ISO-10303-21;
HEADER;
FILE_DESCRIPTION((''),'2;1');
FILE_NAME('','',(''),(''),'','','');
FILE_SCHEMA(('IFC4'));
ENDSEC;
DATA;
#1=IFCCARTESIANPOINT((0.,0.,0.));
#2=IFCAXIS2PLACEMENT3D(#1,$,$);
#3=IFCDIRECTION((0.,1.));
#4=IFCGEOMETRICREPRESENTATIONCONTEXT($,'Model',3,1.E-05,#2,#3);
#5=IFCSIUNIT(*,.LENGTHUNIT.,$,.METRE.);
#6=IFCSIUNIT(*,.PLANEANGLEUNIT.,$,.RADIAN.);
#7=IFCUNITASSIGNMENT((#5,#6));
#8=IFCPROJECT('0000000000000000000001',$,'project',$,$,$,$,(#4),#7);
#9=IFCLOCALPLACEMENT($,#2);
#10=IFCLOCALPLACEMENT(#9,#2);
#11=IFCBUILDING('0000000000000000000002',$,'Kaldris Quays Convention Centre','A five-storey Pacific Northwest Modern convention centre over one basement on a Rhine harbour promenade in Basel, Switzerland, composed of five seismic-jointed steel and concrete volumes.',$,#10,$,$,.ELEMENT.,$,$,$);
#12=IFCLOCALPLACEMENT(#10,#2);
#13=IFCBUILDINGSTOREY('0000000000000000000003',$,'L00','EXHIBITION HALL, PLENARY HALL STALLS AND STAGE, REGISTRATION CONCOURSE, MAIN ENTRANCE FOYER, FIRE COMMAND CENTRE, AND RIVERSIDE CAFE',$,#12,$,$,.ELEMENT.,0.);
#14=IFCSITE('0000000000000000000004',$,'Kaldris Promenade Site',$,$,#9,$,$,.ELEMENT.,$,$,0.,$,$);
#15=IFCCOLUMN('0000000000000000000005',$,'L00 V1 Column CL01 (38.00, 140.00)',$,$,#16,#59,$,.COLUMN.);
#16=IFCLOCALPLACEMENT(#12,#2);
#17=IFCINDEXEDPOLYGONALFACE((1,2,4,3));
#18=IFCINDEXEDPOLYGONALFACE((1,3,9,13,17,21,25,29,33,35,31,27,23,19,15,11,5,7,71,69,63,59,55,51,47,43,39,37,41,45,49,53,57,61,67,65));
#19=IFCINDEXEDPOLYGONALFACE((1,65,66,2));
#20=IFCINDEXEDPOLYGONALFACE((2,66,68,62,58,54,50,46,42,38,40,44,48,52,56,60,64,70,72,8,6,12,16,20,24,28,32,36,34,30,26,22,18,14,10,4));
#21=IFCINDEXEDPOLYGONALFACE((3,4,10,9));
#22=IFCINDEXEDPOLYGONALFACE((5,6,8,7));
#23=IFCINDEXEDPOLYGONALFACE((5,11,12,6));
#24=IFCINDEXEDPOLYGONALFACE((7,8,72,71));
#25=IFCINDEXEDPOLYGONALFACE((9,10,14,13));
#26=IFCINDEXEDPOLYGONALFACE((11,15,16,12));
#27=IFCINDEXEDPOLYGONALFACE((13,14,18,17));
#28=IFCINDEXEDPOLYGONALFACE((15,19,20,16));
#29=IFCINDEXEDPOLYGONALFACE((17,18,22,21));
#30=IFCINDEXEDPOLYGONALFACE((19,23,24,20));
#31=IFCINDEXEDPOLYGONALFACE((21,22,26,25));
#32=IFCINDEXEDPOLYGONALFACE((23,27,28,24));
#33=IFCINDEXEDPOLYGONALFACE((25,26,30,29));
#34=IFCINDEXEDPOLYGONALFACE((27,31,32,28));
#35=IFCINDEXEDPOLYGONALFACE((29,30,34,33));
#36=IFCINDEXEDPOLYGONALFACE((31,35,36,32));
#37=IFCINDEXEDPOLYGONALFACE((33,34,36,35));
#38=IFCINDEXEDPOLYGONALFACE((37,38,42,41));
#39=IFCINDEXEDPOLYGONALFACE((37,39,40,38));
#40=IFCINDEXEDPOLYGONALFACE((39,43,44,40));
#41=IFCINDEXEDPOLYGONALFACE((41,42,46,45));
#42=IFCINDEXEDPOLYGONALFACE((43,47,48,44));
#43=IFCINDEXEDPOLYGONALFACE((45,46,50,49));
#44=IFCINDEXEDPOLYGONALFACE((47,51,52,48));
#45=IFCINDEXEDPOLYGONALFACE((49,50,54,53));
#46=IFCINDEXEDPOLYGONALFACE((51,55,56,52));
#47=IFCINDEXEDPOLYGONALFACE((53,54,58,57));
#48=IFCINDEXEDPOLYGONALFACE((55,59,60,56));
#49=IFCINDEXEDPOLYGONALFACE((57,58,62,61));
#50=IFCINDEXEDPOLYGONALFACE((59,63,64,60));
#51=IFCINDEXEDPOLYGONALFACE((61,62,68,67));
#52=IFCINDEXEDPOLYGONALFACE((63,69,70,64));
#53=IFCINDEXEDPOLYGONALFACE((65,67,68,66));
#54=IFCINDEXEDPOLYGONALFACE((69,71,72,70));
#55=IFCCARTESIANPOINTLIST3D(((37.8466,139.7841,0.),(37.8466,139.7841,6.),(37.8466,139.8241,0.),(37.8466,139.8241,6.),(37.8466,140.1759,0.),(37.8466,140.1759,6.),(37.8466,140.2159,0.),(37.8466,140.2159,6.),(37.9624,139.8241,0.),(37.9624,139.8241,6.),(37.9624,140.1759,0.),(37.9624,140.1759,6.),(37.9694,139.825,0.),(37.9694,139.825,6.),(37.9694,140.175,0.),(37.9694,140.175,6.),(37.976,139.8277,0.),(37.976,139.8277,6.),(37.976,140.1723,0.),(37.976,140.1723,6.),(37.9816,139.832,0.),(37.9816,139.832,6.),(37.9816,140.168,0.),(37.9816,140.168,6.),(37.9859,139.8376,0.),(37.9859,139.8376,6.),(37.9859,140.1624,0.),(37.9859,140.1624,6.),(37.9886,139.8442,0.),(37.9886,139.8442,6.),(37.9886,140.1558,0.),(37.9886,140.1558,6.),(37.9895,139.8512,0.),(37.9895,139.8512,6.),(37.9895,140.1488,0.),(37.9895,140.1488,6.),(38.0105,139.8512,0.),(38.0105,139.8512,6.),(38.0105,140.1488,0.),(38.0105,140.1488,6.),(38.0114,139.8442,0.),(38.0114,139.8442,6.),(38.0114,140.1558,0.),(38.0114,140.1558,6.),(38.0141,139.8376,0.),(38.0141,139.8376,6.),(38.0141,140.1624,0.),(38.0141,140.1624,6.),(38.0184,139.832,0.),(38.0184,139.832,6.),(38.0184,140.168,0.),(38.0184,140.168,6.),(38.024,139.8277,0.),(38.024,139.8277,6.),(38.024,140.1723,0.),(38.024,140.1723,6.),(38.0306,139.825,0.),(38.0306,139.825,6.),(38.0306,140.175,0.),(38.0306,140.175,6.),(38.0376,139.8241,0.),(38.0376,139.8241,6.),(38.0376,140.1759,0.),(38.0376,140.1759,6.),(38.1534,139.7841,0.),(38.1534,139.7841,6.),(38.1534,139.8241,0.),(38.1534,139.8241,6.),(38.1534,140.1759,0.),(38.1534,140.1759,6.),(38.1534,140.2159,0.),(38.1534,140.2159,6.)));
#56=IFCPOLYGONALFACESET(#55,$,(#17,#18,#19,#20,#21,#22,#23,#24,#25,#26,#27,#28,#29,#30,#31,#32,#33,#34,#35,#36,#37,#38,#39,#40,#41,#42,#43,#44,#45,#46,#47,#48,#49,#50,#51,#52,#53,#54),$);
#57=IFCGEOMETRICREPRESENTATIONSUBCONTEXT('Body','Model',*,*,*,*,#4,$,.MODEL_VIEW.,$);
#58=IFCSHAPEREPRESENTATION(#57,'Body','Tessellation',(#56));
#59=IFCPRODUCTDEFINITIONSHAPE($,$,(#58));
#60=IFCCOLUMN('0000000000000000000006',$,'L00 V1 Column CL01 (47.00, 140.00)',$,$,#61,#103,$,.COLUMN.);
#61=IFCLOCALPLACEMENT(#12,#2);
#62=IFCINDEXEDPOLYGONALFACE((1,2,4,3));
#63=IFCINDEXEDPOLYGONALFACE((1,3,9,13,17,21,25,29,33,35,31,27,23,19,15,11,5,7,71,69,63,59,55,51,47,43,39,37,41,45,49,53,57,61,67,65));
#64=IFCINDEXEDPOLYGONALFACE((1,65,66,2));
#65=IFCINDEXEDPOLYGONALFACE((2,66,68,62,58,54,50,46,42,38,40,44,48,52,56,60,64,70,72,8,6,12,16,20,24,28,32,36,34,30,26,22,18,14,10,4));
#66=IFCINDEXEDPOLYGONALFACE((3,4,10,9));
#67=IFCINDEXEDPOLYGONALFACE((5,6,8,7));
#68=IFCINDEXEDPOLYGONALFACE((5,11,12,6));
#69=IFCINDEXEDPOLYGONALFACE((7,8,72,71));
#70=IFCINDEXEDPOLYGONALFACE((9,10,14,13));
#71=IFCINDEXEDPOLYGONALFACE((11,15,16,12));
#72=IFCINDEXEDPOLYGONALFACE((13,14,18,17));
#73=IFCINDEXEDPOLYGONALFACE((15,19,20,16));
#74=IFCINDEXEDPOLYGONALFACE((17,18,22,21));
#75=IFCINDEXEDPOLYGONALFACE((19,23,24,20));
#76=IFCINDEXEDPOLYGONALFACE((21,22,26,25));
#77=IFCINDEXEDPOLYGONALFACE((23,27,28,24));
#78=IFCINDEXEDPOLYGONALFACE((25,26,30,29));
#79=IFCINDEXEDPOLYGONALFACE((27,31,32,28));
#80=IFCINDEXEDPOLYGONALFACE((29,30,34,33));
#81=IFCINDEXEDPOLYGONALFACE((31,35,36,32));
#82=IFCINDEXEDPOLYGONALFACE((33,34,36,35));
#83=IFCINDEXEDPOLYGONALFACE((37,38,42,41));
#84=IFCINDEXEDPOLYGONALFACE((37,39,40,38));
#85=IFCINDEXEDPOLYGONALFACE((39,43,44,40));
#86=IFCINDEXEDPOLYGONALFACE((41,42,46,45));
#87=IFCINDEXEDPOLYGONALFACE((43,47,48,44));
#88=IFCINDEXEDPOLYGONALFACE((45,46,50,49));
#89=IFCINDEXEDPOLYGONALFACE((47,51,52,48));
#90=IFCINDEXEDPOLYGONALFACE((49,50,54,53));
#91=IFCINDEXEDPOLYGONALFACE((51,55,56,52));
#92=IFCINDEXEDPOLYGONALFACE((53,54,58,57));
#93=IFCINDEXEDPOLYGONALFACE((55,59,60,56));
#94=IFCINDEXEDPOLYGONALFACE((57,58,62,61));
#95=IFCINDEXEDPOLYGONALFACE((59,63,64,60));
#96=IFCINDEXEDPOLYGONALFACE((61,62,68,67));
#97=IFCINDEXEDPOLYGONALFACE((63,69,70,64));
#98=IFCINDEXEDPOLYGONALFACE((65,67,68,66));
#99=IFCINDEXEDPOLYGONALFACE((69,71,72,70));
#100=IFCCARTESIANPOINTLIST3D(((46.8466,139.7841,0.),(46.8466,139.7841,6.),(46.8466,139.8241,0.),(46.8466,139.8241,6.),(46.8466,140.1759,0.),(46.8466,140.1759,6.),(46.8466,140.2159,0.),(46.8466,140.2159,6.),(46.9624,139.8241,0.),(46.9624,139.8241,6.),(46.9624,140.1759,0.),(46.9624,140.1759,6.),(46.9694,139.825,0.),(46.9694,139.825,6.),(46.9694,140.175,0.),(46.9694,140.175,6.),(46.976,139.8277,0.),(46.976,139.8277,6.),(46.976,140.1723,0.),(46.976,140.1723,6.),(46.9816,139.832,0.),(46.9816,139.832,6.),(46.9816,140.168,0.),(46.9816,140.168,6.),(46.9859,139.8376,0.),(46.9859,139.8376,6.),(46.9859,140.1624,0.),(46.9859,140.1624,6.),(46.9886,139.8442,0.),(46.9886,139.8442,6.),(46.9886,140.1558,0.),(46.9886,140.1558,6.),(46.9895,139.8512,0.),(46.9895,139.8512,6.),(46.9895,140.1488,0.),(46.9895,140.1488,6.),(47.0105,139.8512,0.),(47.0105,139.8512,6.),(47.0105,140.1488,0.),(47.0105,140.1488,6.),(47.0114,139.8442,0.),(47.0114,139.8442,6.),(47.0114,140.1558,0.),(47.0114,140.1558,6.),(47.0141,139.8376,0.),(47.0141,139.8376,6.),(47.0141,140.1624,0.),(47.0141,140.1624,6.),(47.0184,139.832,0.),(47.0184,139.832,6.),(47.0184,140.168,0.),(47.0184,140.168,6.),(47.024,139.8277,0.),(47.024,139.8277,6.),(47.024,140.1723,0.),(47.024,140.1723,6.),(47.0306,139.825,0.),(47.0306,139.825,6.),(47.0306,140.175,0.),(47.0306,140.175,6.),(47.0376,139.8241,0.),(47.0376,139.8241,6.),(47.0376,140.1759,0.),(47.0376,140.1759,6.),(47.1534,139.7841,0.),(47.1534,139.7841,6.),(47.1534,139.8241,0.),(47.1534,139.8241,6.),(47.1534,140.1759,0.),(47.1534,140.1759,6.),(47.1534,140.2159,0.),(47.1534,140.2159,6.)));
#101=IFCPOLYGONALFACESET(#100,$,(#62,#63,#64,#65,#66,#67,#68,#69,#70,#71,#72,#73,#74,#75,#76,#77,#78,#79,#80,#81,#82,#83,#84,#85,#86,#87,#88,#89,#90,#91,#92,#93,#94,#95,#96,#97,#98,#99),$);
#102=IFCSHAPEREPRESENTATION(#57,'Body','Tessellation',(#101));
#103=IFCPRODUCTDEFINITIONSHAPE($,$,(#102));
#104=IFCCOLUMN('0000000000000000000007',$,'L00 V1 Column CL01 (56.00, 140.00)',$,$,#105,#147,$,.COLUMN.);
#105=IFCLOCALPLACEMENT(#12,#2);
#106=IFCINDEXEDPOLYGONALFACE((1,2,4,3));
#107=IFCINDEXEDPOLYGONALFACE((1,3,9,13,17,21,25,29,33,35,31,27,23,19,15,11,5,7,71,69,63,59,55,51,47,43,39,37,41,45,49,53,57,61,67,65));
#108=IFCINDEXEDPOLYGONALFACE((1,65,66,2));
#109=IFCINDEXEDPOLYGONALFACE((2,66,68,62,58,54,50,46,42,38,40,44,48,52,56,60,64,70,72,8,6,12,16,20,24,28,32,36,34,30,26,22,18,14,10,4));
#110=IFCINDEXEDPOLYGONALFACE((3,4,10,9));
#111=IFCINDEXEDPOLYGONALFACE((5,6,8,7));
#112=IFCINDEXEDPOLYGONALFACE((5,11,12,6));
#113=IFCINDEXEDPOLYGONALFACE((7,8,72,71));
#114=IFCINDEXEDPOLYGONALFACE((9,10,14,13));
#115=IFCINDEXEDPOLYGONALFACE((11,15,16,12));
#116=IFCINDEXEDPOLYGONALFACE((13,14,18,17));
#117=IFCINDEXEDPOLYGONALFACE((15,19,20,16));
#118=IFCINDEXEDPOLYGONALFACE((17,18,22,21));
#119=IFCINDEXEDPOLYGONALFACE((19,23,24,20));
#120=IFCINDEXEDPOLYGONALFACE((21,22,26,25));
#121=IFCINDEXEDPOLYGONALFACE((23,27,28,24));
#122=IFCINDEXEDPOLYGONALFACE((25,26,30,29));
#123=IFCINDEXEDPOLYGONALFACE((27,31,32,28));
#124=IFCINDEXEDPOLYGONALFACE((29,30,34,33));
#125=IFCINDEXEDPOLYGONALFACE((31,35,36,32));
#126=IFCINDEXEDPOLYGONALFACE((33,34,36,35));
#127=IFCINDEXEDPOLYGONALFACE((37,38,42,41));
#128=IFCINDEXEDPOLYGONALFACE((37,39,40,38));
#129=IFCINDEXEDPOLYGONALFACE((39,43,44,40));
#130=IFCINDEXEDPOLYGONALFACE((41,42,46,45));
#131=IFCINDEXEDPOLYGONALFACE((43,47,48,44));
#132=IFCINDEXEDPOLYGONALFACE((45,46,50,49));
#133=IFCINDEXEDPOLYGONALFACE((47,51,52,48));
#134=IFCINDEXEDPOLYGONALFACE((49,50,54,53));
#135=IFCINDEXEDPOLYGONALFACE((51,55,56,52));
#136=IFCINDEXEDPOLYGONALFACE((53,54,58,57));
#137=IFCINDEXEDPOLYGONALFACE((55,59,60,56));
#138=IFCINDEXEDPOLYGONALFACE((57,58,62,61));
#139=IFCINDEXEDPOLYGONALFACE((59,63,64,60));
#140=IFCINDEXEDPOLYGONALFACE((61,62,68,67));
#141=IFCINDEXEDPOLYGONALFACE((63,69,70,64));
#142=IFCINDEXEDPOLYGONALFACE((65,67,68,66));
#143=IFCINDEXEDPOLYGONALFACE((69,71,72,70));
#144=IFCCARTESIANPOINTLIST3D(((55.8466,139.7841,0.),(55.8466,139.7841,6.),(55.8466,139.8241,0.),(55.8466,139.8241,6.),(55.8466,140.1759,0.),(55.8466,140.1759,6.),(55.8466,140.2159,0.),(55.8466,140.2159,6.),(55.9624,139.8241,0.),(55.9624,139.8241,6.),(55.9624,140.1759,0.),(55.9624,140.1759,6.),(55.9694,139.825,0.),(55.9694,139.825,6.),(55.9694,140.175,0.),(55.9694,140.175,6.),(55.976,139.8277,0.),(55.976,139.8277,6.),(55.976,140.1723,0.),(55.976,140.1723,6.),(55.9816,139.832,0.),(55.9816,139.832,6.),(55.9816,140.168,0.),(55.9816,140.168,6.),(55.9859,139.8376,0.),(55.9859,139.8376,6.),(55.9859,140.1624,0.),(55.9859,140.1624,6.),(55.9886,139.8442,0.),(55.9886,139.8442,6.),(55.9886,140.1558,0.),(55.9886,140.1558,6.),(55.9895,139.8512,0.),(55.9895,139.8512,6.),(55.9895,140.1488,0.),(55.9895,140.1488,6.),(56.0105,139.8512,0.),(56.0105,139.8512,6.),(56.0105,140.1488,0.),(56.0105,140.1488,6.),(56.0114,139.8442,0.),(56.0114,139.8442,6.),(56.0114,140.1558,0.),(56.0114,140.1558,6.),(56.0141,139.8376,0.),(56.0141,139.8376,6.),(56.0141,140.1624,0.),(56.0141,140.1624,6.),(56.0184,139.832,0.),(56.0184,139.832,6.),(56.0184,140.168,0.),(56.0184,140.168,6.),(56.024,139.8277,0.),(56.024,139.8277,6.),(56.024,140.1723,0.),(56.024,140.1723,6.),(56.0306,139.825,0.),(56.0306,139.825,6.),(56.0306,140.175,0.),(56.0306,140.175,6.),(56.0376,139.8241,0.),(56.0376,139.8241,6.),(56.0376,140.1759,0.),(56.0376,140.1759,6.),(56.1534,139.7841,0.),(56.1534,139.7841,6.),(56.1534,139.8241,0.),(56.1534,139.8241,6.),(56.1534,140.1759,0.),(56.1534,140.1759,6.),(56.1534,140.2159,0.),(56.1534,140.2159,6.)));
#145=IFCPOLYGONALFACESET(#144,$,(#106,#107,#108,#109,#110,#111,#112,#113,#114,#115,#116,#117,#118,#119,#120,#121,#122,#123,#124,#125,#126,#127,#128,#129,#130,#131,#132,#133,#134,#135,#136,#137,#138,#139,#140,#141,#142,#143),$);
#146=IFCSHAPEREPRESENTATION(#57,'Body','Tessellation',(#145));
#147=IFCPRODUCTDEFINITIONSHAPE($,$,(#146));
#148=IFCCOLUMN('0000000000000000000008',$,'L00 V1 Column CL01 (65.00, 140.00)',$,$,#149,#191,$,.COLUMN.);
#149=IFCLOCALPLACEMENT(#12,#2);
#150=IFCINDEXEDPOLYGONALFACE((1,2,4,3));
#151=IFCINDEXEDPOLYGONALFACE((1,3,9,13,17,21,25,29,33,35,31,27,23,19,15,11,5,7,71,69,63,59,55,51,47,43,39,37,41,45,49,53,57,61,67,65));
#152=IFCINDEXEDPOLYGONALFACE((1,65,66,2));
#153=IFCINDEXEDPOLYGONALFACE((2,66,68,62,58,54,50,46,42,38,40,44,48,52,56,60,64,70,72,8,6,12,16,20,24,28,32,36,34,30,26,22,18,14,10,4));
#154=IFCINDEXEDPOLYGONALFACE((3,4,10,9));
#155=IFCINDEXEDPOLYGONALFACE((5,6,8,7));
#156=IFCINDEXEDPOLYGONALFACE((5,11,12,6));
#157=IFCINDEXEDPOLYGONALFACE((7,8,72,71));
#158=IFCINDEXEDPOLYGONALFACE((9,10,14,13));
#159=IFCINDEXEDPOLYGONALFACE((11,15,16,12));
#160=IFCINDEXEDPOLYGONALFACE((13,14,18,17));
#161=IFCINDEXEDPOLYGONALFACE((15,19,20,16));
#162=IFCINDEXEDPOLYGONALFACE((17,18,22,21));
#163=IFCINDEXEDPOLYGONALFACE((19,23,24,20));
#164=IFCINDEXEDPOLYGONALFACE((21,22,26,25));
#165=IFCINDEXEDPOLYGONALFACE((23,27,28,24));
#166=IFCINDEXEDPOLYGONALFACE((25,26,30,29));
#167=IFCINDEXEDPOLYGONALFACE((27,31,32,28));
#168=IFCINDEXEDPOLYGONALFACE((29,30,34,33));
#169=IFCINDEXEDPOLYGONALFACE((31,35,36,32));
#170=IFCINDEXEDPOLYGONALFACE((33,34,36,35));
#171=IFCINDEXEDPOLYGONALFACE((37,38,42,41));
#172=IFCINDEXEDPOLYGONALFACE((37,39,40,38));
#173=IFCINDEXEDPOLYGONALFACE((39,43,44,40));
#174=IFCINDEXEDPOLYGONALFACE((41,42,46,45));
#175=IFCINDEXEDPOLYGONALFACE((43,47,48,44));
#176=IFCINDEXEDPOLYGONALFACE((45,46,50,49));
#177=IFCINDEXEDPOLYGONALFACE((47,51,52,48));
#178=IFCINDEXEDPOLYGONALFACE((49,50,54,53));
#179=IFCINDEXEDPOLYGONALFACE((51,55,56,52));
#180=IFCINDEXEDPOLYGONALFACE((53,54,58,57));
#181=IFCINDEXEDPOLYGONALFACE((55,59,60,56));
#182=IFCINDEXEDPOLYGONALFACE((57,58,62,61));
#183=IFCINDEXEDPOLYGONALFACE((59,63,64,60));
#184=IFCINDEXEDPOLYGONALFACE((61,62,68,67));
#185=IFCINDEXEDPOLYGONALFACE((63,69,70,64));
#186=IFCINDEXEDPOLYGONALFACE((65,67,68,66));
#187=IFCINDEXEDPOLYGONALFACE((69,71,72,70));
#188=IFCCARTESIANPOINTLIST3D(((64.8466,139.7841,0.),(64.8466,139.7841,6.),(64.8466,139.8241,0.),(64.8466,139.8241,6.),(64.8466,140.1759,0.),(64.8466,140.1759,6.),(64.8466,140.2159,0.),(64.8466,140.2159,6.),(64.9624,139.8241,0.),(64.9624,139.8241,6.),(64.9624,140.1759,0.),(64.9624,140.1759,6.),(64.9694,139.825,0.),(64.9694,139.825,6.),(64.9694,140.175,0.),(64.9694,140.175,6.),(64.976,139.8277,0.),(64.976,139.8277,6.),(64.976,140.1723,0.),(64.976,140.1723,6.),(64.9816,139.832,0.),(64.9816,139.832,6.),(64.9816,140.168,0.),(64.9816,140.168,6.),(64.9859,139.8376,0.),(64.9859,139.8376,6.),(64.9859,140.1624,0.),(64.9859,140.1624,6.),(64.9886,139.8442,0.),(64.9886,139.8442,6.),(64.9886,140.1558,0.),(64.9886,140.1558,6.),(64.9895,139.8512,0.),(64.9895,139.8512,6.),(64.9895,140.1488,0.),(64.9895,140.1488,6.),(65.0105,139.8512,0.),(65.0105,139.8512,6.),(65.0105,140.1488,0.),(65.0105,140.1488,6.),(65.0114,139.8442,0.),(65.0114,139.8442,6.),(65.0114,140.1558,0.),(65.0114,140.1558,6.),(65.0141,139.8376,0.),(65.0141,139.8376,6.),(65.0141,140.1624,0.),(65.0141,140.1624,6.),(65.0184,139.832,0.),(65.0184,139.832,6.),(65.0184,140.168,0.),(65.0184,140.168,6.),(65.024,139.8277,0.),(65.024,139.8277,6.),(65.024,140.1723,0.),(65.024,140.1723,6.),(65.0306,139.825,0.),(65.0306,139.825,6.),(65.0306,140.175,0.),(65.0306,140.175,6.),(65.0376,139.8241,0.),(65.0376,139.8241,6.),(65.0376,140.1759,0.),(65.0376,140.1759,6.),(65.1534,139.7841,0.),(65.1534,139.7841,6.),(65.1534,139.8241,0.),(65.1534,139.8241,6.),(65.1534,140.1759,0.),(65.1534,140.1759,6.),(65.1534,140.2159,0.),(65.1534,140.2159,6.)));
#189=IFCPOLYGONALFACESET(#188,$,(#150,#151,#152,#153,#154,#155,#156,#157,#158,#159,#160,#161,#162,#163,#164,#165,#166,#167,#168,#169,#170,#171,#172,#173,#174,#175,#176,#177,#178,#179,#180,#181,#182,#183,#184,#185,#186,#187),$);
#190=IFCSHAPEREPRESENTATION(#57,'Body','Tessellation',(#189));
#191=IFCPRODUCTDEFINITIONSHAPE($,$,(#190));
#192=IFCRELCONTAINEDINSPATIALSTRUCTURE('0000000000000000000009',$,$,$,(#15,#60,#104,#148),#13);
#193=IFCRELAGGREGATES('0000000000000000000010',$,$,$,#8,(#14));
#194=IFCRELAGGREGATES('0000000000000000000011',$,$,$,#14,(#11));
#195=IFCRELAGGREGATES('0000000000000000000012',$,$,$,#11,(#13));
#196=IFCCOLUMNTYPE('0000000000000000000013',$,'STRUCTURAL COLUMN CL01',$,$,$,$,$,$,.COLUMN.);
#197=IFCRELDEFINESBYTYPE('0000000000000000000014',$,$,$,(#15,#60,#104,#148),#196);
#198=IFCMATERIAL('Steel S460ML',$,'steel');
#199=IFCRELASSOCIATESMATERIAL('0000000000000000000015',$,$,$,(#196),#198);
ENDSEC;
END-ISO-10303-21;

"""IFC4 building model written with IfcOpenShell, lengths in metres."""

from ifc_helpers import new_model, si_unit, direction, frame, origin, origin_2d, place, context, subcontext, project, spatial, i_section, extrude, material, material_profile, profile_set, type_object, element, save


model = new_model("IFC4")

# Units and contexts
model_context = context("Model", 3, precision=1e-05, world=origin(), true_north=direction((0.0, 1.0)))
body_context = subcontext(model_context, "Body", "Model", "MODEL_VIEW")
ifc_project = project(units=[si_unit("LENGTHUNIT", "METRE"), si_unit("PLANEANGLEUNIT", "RADIAN")], contexts=[model_context])

# Site, building, storey
site_placement = place(None, origin())
site = spatial("IfcSite", under=ifc_project, at=site_placement, Name="Kaldris Promenade Site", CompositionType="ELEMENT", RefElevation=0.0)
building_placement = place(site_placement, origin())
building = spatial("IfcBuilding", under=site, at=building_placement, Name="Kaldris Quays Convention Centre", Description="A five-storey Pacific Northwest Modern convention centre over one basement on a Rhine harbour promenade in Basel, Switzerland, composed of five seismic-jointed steel and concrete volumes.", CompositionType="ELEMENT")
storey_placement = place(building_placement, origin())
storey = spatial("IfcBuildingStorey", under=building, at=storey_placement, Name="L00", Description="EXHIBITION HALL, PLENARY HALL STALLS AND STAGE, REGISTRATION CONCOURSE, MAIN ENTRANCE FOYER, FIRE COMMAND CENTRE, AND RIVERSIDE CAFE", CompositionType="ELEMENT", Elevation=0.0)

# Columns
ifc_material_1 = material(Name="Steel S460ML", Category="steel")
ifc_material_profile_1 = material_profile(ifc_material_1, i_section(OverallWidth=0.3069, OverallDepth=0.4319, WebThickness=0.021, FlangeThickness=0.04, FilletRadius=0.0271, at=origin_2d()), Name="HEM 400")
ifc_profile_set_1 = profile_set([ifc_material_profile_1], Name="Steel S460ML")
column_type_1 = type_object("IfcColumnType", Name="STRUCTURAL COLUMN CL01", PredefinedType="COLUMN", material=ifc_profile_set_1)
for number, where, z_axis, x_axis, name in (
    (1, (38.0, 140.0, 0.0), (0.0, 0.0, 1.0), (1.0, 0.0, 0.0), "L00 V1 Column CL01 (38.00, 140.00)"),
    (2, (47.0, 140.0, 0.0), (0.0, 0.0, 1.0), (1.0, 0.0, 0.0), "L00 V1 Column CL01 (47.00, 140.00)"),
    (3, (56.0, 140.0, 0.0), (0.0, 0.0, 1.0), (1.0, 0.0, 0.0), "L00 V1 Column CL01 (56.00, 140.00)"),
    (4, (65.0, 140.0, 0.0), (0.0, 0.0, 1.0), (1.0, 0.0, 0.0), "L00 V1 Column CL01 (65.00, 140.00)"),
):
    element("IfcColumn", number, at=place(storey_placement, frame(where, z_axis=z_axis, x_axis=x_axis)), inside=storey, type_object=column_type_1, Name=name, PredefinedType="COLUMN", context=body_context, shape_type="SweptSolid", body=[
        extrude(i_section(OverallWidth=0.3069, OverallDepth=0.4319, WebThickness=0.021, FlangeThickness=0.04, FilletRadius=0.0271, at=origin_2d()), origin(), (0.0, 0.0, 1.0), 6.0),
    ])

save(model, "model.ifc")
